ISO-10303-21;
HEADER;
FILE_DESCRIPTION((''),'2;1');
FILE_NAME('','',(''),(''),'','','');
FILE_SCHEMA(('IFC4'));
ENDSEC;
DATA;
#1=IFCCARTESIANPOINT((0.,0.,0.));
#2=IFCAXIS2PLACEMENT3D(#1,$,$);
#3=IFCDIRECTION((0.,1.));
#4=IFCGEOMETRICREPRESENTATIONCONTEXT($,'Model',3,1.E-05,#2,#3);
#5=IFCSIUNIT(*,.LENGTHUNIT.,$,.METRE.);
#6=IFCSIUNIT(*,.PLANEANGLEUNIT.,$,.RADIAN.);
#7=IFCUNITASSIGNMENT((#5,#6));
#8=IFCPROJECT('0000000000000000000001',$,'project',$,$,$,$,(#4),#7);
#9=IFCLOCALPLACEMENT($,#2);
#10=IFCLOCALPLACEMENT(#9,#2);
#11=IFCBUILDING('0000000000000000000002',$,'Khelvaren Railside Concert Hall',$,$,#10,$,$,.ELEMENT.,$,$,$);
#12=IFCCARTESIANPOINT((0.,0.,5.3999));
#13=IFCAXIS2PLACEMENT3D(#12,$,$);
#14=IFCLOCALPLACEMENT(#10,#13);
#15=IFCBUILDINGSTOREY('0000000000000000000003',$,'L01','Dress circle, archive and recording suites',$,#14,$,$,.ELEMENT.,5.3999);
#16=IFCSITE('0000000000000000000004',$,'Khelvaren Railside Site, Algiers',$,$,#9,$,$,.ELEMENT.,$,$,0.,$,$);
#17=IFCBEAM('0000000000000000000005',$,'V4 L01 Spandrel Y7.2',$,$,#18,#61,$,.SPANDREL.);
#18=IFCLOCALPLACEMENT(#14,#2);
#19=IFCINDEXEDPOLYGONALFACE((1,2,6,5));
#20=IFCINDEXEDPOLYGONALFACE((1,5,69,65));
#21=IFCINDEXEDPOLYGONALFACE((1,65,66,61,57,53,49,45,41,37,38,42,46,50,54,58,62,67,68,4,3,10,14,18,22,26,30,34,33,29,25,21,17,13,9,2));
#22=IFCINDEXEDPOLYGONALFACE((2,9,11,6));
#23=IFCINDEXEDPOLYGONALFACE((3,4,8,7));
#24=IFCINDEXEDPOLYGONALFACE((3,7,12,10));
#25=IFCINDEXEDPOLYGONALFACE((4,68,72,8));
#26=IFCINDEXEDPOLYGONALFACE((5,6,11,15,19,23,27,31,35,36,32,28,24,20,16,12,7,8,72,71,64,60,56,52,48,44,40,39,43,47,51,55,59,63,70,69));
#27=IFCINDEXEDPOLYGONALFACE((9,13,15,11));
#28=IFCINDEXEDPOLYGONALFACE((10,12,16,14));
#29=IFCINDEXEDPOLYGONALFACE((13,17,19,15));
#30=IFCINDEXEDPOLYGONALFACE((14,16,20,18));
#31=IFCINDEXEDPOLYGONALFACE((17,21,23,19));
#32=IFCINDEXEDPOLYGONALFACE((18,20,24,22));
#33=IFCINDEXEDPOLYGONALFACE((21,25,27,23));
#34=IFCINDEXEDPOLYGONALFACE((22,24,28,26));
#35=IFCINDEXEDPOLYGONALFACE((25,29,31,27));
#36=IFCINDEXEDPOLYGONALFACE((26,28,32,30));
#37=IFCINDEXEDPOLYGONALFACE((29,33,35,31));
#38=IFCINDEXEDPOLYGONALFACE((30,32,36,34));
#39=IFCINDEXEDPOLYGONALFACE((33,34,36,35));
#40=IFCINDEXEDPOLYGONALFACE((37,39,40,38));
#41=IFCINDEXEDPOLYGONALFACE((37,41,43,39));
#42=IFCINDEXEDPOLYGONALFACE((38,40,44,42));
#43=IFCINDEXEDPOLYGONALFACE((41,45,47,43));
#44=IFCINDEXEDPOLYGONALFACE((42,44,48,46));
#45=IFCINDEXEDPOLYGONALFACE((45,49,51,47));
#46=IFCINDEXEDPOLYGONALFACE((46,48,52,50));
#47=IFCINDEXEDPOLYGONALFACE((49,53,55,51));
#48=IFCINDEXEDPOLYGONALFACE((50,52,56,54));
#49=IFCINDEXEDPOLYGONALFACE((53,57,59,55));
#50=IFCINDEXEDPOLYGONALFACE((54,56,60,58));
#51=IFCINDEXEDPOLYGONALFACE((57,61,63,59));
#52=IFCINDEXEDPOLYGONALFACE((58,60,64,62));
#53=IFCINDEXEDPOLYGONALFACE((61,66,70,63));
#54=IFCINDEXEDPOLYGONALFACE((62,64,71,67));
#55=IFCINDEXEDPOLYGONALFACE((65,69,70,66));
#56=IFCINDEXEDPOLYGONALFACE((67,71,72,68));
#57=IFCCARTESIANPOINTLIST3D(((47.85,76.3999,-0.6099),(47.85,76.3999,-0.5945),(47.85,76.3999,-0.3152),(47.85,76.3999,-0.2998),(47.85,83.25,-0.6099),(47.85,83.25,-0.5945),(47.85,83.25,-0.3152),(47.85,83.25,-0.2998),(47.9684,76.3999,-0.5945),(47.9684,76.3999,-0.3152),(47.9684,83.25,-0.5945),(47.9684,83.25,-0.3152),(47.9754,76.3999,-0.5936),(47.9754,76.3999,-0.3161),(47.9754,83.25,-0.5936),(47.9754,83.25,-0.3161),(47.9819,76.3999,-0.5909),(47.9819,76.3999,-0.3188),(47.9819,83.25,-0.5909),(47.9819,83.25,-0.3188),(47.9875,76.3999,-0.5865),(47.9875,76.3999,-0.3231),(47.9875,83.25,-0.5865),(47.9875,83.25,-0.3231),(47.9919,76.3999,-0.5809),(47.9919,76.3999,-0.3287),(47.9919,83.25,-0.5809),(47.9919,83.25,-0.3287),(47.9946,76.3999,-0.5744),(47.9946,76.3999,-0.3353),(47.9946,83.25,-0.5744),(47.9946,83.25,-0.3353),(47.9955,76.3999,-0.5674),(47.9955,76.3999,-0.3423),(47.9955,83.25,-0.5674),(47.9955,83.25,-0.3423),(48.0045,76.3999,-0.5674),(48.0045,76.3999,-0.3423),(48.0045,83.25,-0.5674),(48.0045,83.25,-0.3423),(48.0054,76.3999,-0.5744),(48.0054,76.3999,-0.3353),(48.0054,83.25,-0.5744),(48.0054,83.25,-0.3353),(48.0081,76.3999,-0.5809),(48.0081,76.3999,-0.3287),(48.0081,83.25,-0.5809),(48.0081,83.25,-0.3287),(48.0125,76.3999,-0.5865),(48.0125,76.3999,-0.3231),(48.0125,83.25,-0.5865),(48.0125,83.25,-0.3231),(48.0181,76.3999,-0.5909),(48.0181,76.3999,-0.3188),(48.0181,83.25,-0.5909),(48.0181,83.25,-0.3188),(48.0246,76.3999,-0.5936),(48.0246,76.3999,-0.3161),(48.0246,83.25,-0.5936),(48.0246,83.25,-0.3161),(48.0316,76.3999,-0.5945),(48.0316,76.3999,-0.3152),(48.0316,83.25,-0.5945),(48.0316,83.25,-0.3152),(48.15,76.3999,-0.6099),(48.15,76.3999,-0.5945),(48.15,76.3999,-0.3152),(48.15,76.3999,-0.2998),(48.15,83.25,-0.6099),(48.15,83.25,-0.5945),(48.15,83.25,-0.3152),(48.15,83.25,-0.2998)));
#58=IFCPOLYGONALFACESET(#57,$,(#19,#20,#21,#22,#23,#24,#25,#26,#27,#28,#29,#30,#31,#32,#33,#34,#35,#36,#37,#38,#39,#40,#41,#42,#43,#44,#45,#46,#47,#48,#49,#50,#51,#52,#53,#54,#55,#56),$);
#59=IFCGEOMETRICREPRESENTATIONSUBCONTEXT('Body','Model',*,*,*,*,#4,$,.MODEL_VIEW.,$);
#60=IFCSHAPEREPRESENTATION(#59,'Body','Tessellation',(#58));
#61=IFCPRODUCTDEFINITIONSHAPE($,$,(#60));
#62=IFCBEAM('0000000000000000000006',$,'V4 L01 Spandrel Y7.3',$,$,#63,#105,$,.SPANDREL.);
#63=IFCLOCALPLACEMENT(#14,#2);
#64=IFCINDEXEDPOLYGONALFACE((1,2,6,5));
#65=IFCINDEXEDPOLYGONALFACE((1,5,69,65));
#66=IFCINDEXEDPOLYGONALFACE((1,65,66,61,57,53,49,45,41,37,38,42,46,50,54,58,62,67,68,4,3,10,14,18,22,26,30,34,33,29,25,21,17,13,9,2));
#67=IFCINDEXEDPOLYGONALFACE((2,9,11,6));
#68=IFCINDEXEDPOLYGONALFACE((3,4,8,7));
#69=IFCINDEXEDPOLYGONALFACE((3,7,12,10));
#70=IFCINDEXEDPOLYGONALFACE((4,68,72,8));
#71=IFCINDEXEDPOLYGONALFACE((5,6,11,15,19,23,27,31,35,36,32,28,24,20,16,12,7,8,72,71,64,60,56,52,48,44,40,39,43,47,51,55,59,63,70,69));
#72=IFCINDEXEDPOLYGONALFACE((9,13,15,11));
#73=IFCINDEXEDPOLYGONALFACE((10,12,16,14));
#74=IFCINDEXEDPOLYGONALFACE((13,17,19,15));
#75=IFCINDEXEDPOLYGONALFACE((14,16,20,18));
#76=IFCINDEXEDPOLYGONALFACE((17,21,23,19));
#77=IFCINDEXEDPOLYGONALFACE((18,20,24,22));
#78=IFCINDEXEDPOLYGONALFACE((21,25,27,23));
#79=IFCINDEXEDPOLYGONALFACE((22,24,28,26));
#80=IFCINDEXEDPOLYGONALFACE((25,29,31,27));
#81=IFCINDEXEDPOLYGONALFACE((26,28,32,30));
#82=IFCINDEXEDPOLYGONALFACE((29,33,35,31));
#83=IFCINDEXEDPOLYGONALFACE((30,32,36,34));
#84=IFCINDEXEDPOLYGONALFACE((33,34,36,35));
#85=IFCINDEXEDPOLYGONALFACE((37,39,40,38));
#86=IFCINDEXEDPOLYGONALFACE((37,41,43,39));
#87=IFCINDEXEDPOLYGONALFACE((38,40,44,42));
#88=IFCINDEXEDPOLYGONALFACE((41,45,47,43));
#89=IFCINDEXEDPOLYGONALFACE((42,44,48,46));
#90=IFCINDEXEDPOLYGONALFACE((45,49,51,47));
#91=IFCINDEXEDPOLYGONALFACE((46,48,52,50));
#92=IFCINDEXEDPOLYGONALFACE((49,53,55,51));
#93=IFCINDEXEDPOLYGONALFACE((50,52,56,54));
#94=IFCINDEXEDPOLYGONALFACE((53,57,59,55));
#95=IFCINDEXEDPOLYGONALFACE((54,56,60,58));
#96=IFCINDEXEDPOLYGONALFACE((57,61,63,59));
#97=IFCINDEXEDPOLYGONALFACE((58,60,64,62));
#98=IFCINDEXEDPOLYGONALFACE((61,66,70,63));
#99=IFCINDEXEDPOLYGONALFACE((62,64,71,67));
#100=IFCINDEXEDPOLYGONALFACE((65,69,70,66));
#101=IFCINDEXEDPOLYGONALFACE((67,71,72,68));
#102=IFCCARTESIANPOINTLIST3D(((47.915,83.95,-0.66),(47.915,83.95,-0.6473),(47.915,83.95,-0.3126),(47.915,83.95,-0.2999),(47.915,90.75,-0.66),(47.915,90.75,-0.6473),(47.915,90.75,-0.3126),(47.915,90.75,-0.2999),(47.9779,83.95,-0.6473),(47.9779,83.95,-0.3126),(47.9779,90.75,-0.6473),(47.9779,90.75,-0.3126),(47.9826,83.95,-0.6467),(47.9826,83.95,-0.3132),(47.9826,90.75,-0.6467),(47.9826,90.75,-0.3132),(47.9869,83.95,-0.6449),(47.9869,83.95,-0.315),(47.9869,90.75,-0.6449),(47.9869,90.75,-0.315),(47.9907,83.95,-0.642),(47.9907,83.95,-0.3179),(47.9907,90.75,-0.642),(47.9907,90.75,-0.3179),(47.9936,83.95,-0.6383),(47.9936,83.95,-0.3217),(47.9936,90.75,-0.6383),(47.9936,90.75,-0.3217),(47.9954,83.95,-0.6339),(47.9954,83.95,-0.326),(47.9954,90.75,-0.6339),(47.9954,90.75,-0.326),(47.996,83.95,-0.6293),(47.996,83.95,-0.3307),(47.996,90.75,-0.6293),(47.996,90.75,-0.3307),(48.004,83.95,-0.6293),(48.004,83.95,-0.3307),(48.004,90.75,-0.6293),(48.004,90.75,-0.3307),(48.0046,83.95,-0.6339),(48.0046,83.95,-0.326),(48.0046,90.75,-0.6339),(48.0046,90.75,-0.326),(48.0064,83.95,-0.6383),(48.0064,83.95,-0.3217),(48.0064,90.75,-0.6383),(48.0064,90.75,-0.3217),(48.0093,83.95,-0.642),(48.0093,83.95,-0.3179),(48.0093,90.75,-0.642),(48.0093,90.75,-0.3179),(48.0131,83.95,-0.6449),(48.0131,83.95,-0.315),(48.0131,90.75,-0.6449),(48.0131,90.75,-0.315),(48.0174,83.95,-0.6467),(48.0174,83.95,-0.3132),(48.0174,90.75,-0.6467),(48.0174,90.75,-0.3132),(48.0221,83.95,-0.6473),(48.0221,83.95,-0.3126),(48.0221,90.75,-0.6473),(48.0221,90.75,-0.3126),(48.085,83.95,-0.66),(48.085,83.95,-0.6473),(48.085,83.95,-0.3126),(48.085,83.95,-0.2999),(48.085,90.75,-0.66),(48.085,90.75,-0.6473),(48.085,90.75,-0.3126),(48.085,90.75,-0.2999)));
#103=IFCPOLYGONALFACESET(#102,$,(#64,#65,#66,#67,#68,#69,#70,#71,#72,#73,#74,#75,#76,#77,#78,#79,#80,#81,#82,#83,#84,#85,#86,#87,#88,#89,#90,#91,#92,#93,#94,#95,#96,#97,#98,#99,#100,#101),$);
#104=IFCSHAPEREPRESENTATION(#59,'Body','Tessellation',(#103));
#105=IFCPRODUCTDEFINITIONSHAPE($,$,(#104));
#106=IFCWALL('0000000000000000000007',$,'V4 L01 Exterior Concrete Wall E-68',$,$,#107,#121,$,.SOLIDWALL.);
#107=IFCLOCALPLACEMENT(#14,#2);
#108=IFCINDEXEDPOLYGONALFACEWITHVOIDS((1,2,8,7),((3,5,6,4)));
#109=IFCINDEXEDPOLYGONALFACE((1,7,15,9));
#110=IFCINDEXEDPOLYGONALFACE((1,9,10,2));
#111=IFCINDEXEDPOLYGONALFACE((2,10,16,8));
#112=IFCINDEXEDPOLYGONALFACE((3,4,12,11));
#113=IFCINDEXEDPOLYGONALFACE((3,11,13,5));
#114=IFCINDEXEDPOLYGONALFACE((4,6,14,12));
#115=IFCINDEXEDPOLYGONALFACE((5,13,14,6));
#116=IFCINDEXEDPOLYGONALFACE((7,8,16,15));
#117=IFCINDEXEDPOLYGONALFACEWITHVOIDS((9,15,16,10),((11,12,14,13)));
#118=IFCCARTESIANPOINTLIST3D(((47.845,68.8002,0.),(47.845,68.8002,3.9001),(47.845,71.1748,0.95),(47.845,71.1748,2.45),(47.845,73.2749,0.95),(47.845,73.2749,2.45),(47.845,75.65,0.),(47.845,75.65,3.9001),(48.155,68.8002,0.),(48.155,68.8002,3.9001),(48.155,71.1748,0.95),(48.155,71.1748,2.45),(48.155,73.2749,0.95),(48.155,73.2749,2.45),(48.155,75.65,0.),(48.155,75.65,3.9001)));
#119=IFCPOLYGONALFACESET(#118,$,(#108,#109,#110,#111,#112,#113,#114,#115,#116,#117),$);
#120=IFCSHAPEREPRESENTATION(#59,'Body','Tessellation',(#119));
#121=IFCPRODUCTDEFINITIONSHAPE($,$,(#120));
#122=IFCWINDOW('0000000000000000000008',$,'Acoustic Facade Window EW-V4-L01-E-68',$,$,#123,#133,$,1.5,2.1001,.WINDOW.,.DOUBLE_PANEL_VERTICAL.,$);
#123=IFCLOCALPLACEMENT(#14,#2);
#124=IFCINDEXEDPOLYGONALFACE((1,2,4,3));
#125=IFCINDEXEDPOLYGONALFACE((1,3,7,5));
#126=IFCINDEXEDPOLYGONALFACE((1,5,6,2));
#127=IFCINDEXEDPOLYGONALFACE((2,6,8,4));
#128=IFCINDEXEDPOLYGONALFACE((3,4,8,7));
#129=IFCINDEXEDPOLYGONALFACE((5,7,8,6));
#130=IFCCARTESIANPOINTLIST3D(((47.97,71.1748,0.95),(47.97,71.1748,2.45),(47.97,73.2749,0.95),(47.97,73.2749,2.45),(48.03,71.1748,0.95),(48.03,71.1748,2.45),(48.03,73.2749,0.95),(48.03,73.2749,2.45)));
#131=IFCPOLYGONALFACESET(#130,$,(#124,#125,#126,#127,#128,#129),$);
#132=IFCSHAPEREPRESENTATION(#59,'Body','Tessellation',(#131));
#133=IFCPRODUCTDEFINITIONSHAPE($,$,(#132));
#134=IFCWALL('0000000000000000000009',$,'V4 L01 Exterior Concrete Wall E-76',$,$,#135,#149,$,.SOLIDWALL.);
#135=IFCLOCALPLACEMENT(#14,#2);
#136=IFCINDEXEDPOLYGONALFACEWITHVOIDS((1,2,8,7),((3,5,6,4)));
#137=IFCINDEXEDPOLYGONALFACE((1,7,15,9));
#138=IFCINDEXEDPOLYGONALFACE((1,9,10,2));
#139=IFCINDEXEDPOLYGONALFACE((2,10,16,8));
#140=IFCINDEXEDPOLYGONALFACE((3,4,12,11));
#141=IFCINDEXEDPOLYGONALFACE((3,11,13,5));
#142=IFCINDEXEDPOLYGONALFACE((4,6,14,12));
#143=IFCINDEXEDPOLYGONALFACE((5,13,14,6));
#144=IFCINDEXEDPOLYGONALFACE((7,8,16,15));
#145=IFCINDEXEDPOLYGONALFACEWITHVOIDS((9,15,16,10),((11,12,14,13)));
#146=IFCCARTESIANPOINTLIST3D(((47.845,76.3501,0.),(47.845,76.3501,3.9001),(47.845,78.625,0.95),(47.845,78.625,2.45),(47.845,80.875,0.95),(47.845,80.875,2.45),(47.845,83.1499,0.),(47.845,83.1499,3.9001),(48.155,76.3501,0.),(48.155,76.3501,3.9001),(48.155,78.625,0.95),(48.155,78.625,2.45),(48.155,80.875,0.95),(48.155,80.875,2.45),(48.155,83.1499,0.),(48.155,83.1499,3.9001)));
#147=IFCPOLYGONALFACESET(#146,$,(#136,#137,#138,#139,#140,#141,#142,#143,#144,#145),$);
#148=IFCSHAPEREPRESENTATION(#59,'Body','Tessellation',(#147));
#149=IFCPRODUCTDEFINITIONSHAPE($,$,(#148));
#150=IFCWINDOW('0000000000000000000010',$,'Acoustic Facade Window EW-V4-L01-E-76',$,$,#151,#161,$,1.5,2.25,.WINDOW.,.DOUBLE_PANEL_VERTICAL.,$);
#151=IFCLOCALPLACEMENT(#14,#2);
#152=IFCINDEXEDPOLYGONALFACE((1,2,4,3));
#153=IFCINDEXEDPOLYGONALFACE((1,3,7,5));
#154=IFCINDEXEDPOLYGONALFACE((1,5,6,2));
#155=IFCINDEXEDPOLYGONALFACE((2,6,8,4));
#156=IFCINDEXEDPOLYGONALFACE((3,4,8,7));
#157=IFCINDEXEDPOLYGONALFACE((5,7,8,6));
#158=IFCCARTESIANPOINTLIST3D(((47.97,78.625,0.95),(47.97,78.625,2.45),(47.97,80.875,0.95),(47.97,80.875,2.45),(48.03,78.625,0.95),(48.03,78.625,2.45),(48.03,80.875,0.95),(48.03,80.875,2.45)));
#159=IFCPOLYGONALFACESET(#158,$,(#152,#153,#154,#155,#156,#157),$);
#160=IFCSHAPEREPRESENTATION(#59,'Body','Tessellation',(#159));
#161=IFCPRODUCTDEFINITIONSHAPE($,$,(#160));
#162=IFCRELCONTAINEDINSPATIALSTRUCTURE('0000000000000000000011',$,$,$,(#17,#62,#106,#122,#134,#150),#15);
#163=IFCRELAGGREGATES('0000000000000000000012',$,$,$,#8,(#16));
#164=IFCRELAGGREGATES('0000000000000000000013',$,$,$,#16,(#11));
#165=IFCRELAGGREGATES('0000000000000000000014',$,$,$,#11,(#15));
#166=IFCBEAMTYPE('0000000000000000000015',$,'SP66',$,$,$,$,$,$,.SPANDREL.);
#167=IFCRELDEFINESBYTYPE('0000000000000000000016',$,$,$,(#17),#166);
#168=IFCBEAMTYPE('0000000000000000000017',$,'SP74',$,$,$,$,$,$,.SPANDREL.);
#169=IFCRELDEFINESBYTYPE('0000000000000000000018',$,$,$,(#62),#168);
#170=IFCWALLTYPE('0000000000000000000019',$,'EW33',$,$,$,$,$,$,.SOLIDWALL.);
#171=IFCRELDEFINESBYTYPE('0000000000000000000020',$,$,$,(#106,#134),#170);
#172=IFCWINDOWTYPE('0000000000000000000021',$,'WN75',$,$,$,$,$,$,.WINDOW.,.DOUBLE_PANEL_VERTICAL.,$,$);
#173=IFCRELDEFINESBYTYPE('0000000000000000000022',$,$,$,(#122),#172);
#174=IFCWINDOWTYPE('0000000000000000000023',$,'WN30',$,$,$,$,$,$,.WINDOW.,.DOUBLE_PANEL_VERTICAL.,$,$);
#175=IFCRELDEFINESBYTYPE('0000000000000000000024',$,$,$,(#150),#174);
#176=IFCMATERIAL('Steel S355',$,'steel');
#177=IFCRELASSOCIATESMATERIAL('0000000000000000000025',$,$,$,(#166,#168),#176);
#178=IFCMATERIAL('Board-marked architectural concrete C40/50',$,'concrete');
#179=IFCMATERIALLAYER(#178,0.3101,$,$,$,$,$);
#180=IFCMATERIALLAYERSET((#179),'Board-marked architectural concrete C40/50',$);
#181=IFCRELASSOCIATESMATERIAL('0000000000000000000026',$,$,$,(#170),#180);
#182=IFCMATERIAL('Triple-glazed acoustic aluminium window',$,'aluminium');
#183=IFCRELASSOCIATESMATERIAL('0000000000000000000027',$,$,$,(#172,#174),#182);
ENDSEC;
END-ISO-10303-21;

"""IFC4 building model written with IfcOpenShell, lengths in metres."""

from ifc_helpers import new_model, si_unit, direction, frame, frame_2d, origin, origin_2d, place, context, subcontext, project, spatial, rectangle, i_section, extrude, material, layer, layer_set, material_profile, profile_set, type_object, element, fill, save


model = new_model("IFC4")

# Units and contexts
model_context = context("Model", 3, precision=1e-05, world=origin(), true_north=direction((0.0, 1.0)))
body_context = subcontext(model_context, "Body", "Model", "MODEL_VIEW")
ifc_project = project(units=[si_unit("LENGTHUNIT", "METRE"), si_unit("PLANEANGLEUNIT", "RADIAN")], contexts=[model_context])

# Site, building, storey
site_placement = place(None, origin())
site = spatial("IfcSite", under=ifc_project, at=site_placement, Name="Khelvaren Railside Site, Algiers", CompositionType="ELEMENT", RefElevation=0.0)
building_placement = place(site_placement, origin())
building = spatial("IfcBuilding", under=site, at=building_placement, Name="Khelvaren Railside Concert Hall", CompositionType="ELEMENT")
storey_placement = place(building_placement, frame((0.0, 0.0, 5.3999)))
storey = spatial("IfcBuildingStorey", under=building, at=storey_placement, Name="L01", Description="Dress circle, archive and recording suites", CompositionType="ELEMENT", Elevation=5.3999)

# Beams
ifc_material_1 = material(Name="Steel S355", Category="steel")
ifc_material_profile_1 = material_profile(ifc_material_1, i_section(OverallWidth=0.3, OverallDepth=0.3101, WebThickness=0.009, FlangeThickness=0.0154, FilletRadius=0.0271, at=origin_2d()), Name="HEA 320")
ifc_profile_set_1 = profile_set([ifc_material_profile_1], Name="Steel S355")
beam_type_1 = type_object("IfcBeamType", Name="SP66", PredefinedType="SPANDREL", material=ifc_profile_set_1)
beam_1_placement = place(storey_placement, frame((48.0, 76.3999, -0.4548), z_axis=(0.0, 1.0, 0.0), x_axis=(-1.0, 0.0, 0.0)))
element("IfcBeam", 1, at=beam_1_placement, inside=storey, type_object=beam_type_1, Name="V4 L01 Spandrel Y7.2", PredefinedType="SPANDREL", context=body_context, shape_type="SweptSolid", body=[
    extrude(i_section(OverallWidth=0.3, OverallDepth=0.3101, WebThickness=0.009, FlangeThickness=0.0154, FilletRadius=0.0271, at=origin_2d()), origin(), (0.0, 0.0, 1.0), 6.8501),
])
ifc_material_profile_2 = material_profile(ifc_material_1, i_section(OverallWidth=0.1699, OverallDepth=0.3601, WebThickness=0.0081, FlangeThickness=0.0127, FilletRadius=0.0181, at=origin_2d()), Name="IPE 360")
ifc_profile_set_2 = profile_set([ifc_material_profile_2], Name="Steel S355")
beam_type_2 = type_object("IfcBeamType", Name="SP74", PredefinedType="SPANDREL", material=ifc_profile_set_2)
beam_2_placement = place(storey_placement, frame((48.0, 83.95, -0.48), z_axis=(0.0, 1.0, 0.0), x_axis=(-1.0, 0.0, 0.0)))
element("IfcBeam", 2, at=beam_2_placement, inside=storey, type_object=beam_type_2, Name="V4 L01 Spandrel Y7.3", PredefinedType="SPANDREL", context=body_context, shape_type="SweptSolid", body=[
    extrude(i_section(OverallWidth=0.1699, OverallDepth=0.3601, WebThickness=0.0081, FlangeThickness=0.0127, FilletRadius=0.0181, at=origin_2d()), origin(), (0.0, 0.0, 1.0), 6.8),
])

# Walls, openings, windows
ifc_material_2 = material(Name="Board-marked architectural concrete C40/50", Category="concrete")
ifc_layer_1 = layer(ifc_material_2, 0.3101)
ifc_layer_set_1 = layer_set([ifc_layer_1], Name="Board-marked architectural concrete C40/50")
wall_type_1 = type_object("IfcWallType", Name="EW33", PredefinedType="SOLIDWALL", material=ifc_layer_set_1)
wall_1_placement = place(storey_placement, frame((48.0, 75.6499, 0.0), z_axis=(0.0, 0.0, 1.0), x_axis=(0.0, -1.0, 0.0)))
wall_1 = element("IfcWall", 3, at=wall_1_placement, inside=storey, type_object=wall_type_1, Name="V4 L01 Exterior Concrete Wall E-68", PredefinedType="SOLIDWALL", context=body_context, shape_type="SweptSolid", body=[
    extrude(rectangle(XDim=6.8499, YDim=0.3101, at=frame_2d((3.4248, 0.0))), origin(), (0.0, 0.0, 1.0), 3.9001),
])
opening_1_placement = place(wall_1_placement, frame((2.375, 0.0, 0.95)))
opening_1 = element("IfcOpeningElement", 4, at=opening_1_placement, cuts=wall_1, PredefinedType="OPENING", context=body_context, shape_type="SweptSolid", body=[
    extrude(rectangle(XDim=2.1001, YDim=1.5, at=frame_2d((1.05, 0.75))), frame((0.0, 0.165, 0.0), z_axis=(0.0, -1.0, 0.0), x_axis=(1.0, 0.0, 0.0)), (0.0, 0.0, 1.0), 0.3301),
])
ifc_material_3 = material(Name="Triple-glazed acoustic aluminium window", Category="aluminium")
window_type_1 = type_object("IfcWindowType", Name="WN75", PartitioningType="DOUBLE_PANEL_VERTICAL", PredefinedType="WINDOW", material=ifc_material_3)
window_1_placement = place(opening_1_placement, origin())
window_1 = element("IfcWindow", 5, at=window_1_placement, inside=storey, type_object=window_type_1, Name="Acoustic Facade Window EW-V4-L01-E-68", OverallHeight=1.5, OverallWidth=2.1001, PartitioningType="DOUBLE_PANEL_VERTICAL", PredefinedType="WINDOW", context=body_context, shape_type="SweptSolid", body=[
    extrude(rectangle(XDim=2.1001, YDim=1.5, at=frame_2d((1.05, 0.75))), frame((0.0, 0.03, 0.0), z_axis=(0.0, -1.0, 0.0), x_axis=(1.0, 0.0, 0.0)), (0.0, 0.0, 1.0), 0.0601),
])
fill(opening_1, window_1)
wall_2_placement = place(storey_placement, frame((48.0, 83.1499, 0.0), z_axis=(0.0, 0.0, 1.0), x_axis=(0.0, -1.0, 0.0)))
wall_2 = element("IfcWall", 6, at=wall_2_placement, inside=storey, type_object=wall_type_1, Name="V4 L01 Exterior Concrete Wall E-76", PredefinedType="SOLIDWALL", context=body_context, shape_type="SweptSolid", body=[
    extrude(rectangle(XDim=6.7998, YDim=0.3101, at=frame_2d((3.3999, 0.0))), origin(), (0.0, 0.0, 1.0), 3.9001),
])
opening_2_placement = place(wall_2_placement, frame((2.2749, 0.0, 0.95)))
opening_2 = element("IfcOpeningElement", 7, at=opening_2_placement, cuts=wall_2, PredefinedType="OPENING", context=body_context, shape_type="SweptSolid", body=[
    extrude(rectangle(XDim=2.25, YDim=1.5, at=frame_2d((1.125, 0.75))), frame((0.0, 0.165, 0.0), z_axis=(0.0, -1.0, 0.0), x_axis=(1.0, 0.0, 0.0)), (0.0, 0.0, 1.0), 0.3301),
])
window_type_2 = type_object("IfcWindowType", Name="WN30", PartitioningType="DOUBLE_PANEL_VERTICAL", PredefinedType="WINDOW", material=ifc_material_3)
window_2_placement = place(opening_2_placement, origin())
window_2 = element("IfcWindow", 8, at=window_2_placement, inside=storey, type_object=window_type_2, Name="Acoustic Facade Window EW-V4-L01-E-76", OverallHeight=1.5, OverallWidth=2.25, PartitioningType="DOUBLE_PANEL_VERTICAL", PredefinedType="WINDOW", context=body_context, shape_type="SweptSolid", body=[
    extrude(rectangle(XDim=2.25, YDim=1.5, at=frame_2d((1.125, 0.75))), frame((0.0, 0.03, 0.0), z_axis=(0.0, -1.0, 0.0), x_axis=(1.0, 0.0, 0.0)), (0.0, 0.0, 1.0), 0.0601),
])
fill(opening_2, window_2)

save(model, "model.ifc")
